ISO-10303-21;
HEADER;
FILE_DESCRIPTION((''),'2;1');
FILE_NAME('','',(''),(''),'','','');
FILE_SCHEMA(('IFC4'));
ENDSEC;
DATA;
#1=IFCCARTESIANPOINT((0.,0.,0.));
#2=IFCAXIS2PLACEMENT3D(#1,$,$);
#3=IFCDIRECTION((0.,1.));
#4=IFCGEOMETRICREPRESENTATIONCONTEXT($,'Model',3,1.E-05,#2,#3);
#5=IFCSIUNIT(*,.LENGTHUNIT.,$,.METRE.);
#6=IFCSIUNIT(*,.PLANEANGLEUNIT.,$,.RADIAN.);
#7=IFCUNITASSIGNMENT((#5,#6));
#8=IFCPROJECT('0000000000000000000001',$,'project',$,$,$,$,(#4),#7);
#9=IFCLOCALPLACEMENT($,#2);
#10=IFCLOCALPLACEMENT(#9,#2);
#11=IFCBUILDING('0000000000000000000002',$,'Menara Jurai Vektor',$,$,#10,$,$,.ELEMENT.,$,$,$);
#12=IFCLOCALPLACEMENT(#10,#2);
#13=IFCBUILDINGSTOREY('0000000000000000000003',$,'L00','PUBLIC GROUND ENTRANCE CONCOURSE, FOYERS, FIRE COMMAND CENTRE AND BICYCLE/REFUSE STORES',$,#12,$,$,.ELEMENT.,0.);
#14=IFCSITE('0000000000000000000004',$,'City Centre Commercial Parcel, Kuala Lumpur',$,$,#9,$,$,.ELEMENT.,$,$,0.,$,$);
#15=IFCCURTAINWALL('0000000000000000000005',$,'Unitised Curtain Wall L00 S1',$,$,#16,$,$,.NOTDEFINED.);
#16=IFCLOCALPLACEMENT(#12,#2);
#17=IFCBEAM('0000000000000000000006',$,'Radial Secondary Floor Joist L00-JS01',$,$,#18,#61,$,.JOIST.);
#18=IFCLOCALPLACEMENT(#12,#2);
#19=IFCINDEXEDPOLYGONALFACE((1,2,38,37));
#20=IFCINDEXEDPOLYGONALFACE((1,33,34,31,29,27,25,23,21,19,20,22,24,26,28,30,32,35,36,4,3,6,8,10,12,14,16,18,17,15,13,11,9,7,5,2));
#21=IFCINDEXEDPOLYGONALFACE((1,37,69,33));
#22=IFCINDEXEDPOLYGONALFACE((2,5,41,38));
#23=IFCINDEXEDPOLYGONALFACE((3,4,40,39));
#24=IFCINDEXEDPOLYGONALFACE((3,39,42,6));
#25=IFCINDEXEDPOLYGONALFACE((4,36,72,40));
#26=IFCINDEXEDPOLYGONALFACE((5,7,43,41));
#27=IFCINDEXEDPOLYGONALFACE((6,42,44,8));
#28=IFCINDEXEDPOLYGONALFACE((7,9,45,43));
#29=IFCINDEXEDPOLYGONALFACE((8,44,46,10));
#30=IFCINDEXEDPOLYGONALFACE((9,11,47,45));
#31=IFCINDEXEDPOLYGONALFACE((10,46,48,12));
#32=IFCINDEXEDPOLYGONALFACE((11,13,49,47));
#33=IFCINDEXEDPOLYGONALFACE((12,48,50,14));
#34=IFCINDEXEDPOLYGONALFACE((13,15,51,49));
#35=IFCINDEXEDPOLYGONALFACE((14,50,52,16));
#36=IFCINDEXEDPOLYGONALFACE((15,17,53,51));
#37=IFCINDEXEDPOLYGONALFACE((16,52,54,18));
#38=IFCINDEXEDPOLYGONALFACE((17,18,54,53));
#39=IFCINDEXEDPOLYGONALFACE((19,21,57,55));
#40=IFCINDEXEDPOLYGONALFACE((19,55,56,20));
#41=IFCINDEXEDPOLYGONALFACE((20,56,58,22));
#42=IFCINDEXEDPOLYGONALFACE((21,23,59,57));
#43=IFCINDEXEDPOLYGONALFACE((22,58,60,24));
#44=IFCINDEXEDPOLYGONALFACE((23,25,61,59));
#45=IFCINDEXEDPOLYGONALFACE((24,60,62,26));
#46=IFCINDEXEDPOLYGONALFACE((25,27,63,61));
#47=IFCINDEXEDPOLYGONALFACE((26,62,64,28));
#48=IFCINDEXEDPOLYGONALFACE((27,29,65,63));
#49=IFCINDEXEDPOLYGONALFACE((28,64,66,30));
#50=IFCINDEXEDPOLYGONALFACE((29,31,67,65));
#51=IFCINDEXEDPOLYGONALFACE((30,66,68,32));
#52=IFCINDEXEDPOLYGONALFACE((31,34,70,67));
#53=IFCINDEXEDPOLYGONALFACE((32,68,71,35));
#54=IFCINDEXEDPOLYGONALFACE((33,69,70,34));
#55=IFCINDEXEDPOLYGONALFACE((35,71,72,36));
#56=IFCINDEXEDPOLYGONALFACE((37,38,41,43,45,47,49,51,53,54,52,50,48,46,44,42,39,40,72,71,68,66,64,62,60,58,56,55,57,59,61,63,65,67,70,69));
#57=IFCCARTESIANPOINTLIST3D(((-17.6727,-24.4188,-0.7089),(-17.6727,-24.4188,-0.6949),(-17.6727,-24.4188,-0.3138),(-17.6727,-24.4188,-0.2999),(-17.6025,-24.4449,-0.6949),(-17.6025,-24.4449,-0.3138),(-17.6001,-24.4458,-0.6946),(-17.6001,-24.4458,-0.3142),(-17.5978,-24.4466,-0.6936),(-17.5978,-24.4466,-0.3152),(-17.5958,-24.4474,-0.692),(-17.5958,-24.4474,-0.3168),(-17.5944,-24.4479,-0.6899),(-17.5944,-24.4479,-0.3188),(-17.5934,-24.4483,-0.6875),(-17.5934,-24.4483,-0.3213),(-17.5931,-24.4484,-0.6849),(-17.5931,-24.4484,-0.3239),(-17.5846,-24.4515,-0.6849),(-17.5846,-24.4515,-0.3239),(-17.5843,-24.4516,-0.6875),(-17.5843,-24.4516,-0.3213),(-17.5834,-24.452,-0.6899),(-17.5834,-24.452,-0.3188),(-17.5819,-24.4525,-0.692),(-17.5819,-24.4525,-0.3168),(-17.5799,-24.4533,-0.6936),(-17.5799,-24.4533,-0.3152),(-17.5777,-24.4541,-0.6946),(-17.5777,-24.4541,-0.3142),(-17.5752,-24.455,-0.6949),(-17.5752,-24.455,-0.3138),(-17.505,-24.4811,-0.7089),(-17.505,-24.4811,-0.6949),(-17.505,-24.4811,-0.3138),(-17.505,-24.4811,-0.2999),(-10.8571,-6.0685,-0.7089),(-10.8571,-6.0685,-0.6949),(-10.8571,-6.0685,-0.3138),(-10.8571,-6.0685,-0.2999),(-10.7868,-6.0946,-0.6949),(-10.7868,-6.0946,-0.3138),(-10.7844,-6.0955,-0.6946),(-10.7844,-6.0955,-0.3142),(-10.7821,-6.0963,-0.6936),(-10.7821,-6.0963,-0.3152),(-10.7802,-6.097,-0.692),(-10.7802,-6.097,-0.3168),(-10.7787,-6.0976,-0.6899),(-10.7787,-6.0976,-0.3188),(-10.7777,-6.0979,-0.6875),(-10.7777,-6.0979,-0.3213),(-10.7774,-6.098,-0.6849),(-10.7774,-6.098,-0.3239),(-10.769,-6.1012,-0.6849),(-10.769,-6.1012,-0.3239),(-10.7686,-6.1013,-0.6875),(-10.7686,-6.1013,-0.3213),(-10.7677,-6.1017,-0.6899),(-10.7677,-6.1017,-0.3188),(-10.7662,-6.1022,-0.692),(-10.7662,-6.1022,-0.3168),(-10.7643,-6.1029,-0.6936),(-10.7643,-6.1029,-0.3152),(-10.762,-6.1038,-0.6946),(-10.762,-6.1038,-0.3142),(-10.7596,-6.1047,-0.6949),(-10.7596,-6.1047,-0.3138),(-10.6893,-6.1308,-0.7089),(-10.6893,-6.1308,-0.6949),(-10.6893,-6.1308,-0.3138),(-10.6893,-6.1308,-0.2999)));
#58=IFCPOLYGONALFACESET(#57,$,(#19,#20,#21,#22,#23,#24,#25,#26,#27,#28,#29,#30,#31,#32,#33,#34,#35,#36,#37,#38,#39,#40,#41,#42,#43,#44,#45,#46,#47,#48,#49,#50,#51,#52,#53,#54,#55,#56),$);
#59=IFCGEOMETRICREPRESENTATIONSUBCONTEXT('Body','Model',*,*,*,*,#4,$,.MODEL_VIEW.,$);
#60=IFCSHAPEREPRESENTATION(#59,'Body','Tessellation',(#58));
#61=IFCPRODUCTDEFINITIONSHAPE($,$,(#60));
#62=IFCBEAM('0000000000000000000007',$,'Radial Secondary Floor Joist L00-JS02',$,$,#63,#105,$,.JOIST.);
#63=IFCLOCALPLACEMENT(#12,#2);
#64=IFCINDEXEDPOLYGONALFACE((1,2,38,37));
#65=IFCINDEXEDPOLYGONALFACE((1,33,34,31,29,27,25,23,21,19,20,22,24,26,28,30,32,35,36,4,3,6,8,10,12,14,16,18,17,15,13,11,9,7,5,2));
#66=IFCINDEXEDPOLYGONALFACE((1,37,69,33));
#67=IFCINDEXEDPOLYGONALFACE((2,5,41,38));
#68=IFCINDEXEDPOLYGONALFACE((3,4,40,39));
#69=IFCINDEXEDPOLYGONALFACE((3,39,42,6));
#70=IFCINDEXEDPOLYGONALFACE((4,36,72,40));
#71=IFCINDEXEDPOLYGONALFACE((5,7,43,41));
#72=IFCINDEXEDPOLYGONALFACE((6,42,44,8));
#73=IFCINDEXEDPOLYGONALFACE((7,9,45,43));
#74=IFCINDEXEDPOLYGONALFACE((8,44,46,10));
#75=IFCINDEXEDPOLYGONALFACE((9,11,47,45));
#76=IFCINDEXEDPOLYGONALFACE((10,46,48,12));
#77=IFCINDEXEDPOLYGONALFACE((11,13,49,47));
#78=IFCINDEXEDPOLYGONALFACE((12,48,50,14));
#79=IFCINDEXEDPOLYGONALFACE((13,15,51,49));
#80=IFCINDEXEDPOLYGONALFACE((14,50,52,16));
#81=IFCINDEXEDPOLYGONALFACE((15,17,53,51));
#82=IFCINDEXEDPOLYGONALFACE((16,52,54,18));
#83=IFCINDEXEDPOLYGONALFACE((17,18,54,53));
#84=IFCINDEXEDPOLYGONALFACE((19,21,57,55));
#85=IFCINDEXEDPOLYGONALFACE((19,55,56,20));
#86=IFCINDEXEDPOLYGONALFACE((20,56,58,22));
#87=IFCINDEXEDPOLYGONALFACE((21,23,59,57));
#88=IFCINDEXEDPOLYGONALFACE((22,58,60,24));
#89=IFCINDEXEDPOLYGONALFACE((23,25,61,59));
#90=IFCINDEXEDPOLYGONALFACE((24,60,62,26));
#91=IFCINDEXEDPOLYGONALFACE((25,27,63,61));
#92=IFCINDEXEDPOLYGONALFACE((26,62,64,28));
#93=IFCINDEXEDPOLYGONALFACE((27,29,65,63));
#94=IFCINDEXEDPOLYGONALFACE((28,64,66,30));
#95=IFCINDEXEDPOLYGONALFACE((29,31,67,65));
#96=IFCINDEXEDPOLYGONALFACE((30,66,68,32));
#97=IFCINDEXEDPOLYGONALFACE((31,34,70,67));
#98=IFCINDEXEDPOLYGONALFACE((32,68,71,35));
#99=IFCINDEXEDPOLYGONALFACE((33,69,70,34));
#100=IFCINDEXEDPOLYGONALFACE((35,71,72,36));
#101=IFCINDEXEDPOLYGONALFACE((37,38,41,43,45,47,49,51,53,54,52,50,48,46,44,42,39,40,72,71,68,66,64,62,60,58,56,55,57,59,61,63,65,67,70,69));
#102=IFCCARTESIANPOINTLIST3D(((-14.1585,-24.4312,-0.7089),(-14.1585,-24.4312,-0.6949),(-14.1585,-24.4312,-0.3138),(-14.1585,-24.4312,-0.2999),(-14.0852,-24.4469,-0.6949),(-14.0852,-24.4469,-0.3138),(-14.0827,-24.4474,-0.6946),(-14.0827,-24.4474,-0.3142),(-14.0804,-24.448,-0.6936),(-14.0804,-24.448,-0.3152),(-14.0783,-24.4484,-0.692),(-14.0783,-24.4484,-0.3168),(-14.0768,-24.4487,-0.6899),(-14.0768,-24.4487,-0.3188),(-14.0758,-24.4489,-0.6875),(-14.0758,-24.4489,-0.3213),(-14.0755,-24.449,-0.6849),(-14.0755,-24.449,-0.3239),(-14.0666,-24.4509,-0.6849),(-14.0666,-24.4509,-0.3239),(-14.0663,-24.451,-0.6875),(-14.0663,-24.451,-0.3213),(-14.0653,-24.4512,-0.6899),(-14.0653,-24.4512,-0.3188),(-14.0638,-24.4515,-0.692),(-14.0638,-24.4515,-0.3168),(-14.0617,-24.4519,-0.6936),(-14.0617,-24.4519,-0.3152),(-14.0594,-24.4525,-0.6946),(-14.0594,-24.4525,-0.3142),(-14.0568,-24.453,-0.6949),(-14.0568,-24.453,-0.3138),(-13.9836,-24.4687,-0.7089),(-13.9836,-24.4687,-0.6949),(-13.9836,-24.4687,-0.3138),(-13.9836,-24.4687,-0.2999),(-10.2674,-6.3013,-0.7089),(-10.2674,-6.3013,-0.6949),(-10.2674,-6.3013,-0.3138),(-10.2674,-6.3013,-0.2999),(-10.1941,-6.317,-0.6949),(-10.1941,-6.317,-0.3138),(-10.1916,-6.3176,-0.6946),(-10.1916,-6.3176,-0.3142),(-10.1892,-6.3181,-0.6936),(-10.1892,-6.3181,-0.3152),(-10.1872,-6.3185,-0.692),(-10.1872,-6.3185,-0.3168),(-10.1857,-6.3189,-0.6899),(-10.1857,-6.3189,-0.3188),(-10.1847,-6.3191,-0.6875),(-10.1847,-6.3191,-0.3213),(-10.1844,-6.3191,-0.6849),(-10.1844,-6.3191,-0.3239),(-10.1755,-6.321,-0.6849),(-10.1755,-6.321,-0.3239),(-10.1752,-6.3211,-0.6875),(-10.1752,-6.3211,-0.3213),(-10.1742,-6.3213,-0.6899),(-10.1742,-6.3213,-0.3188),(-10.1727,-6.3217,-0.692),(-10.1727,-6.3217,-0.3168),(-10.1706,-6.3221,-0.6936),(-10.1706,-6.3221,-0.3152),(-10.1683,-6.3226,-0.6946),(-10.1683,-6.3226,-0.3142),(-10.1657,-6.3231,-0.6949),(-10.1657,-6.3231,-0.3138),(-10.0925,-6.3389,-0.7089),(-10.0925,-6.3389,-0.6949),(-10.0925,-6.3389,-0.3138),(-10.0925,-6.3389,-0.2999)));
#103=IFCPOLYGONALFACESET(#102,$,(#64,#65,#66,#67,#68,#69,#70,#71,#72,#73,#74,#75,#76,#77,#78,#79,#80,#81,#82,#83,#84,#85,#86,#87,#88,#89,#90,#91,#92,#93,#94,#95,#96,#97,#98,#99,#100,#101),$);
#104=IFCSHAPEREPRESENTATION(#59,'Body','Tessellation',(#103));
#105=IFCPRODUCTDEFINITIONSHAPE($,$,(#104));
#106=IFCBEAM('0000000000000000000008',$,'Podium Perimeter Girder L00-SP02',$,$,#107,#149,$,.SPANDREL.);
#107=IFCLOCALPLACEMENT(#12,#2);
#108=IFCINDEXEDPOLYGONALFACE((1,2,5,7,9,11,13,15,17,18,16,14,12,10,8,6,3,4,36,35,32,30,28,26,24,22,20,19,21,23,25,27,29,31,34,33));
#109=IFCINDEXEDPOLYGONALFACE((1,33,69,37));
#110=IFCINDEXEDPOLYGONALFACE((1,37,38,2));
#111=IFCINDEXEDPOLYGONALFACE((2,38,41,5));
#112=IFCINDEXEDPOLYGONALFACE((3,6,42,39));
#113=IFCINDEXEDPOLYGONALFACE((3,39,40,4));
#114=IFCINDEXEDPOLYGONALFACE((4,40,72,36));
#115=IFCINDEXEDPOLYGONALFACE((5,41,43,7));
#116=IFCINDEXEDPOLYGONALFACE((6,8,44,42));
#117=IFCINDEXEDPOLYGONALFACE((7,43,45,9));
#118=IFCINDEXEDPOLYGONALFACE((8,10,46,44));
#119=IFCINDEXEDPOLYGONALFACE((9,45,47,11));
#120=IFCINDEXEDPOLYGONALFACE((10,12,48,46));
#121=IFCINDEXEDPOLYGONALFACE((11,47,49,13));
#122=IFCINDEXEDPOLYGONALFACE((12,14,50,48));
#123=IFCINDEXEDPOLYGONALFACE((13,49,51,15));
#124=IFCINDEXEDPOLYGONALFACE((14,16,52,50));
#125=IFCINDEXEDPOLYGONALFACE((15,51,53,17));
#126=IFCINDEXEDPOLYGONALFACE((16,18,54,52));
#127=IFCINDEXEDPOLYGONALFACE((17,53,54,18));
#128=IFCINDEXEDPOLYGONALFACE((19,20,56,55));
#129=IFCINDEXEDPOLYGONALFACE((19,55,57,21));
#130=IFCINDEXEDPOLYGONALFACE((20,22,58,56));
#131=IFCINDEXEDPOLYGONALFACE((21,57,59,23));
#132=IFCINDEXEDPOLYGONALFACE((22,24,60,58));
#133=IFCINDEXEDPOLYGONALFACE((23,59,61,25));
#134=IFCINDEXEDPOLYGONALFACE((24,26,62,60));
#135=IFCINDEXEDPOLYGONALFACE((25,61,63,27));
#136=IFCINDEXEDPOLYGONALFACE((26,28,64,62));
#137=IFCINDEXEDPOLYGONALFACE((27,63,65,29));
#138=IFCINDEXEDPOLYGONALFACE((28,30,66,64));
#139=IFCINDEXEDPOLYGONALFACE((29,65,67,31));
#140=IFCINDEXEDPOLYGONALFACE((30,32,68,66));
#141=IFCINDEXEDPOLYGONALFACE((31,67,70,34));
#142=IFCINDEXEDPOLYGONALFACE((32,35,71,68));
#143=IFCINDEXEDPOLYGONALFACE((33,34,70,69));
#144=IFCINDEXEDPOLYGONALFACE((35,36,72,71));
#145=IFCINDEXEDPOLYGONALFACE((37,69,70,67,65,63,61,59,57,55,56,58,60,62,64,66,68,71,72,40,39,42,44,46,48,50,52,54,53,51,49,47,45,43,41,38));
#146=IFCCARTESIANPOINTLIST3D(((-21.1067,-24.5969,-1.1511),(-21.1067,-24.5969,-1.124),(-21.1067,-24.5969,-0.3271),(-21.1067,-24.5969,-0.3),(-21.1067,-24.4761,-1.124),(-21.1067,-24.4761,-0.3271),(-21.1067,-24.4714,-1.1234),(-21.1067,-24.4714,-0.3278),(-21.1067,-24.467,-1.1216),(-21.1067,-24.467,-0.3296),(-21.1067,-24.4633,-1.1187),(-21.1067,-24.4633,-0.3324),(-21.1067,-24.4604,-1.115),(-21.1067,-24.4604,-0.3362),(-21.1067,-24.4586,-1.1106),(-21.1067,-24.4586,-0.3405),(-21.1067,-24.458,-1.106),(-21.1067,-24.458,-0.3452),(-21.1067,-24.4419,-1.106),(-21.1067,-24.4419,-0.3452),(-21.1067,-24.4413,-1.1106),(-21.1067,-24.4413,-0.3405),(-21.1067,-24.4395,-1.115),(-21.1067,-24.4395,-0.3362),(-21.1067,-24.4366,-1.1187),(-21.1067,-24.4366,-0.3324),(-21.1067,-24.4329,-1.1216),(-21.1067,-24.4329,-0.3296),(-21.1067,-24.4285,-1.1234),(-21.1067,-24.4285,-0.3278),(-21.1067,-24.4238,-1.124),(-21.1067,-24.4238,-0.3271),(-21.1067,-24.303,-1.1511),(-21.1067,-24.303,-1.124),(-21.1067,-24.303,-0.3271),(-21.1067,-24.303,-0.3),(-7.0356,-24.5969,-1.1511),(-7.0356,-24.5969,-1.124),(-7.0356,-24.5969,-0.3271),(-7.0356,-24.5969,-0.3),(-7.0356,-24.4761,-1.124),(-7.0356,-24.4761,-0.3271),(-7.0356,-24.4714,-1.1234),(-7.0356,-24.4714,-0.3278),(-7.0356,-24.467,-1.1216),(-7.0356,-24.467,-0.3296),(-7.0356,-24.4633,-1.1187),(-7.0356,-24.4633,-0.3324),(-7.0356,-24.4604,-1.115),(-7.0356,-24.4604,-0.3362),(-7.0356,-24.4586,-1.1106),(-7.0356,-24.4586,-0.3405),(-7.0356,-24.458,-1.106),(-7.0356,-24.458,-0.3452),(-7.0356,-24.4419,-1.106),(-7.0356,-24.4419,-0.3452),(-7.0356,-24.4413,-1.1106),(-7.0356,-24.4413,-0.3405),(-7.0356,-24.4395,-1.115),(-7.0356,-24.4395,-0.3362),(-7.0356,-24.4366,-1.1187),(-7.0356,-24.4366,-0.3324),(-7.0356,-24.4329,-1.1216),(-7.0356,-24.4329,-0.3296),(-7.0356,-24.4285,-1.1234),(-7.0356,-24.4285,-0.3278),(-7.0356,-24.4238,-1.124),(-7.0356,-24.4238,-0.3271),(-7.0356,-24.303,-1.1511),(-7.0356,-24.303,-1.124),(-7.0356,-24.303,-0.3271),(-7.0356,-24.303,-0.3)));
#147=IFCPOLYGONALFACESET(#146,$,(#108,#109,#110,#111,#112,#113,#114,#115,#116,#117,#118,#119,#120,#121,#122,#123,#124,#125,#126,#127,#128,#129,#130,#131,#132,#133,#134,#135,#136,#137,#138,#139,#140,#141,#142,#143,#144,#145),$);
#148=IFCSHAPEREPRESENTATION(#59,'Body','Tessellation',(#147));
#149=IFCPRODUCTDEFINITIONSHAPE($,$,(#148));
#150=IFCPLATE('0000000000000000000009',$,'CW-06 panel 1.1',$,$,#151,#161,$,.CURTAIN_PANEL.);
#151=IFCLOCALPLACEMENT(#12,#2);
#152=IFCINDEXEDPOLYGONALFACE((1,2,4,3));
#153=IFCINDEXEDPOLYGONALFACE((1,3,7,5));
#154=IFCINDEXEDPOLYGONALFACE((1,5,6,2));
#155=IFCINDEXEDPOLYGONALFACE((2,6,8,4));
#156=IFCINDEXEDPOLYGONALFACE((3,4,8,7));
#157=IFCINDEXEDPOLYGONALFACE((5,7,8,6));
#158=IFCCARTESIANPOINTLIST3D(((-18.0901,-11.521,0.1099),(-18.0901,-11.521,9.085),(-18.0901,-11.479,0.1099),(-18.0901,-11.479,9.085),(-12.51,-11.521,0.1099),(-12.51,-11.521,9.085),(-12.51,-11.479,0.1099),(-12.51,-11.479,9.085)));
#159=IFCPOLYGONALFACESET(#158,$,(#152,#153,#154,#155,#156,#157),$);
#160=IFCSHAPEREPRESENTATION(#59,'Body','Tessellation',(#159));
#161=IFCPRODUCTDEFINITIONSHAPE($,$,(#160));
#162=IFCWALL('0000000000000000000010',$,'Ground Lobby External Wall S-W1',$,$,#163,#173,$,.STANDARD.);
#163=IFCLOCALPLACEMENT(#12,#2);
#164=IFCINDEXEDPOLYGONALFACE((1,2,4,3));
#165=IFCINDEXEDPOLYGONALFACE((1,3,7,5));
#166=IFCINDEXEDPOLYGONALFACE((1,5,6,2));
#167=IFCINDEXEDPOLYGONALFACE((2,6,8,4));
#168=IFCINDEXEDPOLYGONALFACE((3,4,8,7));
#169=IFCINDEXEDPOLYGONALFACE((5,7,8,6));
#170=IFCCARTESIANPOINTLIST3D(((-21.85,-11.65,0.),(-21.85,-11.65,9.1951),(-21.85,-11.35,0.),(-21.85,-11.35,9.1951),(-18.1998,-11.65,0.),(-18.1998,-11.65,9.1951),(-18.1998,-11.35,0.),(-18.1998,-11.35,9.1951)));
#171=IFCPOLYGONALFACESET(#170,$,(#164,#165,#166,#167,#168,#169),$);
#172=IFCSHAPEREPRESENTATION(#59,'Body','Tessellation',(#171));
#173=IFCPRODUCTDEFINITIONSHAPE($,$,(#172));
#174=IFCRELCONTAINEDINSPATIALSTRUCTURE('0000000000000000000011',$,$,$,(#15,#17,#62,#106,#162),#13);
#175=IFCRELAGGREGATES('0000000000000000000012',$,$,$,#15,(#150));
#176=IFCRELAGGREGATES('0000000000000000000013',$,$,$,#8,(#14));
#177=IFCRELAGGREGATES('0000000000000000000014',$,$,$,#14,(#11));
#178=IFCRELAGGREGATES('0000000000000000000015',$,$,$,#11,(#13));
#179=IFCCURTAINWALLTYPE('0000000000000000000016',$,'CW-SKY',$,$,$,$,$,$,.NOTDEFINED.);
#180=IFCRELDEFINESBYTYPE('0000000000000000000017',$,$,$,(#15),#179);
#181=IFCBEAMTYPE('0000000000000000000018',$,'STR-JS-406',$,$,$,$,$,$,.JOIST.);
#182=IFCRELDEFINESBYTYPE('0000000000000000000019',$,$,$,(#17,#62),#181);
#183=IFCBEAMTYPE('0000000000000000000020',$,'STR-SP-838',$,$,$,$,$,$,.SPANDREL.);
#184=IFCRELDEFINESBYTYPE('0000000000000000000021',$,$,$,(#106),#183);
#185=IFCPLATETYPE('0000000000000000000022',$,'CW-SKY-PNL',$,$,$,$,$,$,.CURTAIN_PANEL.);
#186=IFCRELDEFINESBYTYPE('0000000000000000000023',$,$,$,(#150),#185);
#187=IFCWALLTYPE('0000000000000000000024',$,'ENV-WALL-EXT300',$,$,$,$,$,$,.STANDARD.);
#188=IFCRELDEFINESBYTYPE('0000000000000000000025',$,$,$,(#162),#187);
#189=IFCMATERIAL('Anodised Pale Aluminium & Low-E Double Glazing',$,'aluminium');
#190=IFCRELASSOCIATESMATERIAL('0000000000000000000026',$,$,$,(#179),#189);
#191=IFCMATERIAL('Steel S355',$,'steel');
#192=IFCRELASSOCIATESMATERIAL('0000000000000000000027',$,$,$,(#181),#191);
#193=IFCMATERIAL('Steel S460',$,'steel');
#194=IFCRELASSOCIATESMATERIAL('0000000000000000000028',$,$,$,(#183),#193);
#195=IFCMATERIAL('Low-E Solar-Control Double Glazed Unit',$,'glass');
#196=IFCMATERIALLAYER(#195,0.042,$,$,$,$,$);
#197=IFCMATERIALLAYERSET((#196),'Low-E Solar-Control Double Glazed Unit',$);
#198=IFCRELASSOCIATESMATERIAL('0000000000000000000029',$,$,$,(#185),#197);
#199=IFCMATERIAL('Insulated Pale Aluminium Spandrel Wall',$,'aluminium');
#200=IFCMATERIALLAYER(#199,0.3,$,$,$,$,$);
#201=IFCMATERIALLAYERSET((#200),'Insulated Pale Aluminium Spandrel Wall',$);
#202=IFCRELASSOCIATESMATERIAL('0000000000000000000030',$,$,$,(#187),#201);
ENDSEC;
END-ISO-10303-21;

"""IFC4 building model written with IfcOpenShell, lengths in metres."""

from ifc_helpers import new_model, si_unit, direction, frame, frame_2d, origin, origin_2d, place, context, subcontext, project, spatial, rectangle, i_section, extrude, material, layer, layer_set, material_profile, profile_set, type_object, element, aggregate, save


model = new_model("IFC4")

# Units and contexts
model_context = context("Model", 3, precision=1e-05, world=origin(), true_north=direction((0.0, 1.0)))
body_context = subcontext(model_context, "Body", "Model", "MODEL_VIEW")
ifc_project = project(units=[si_unit("LENGTHUNIT", "METRE"), si_unit("PLANEANGLEUNIT", "RADIAN")], contexts=[model_context])

# Site, building, storey
site_placement = place(None, origin())
site = spatial("IfcSite", under=ifc_project, at=site_placement, Name="City Centre Commercial Parcel, Kuala Lumpur", CompositionType="ELEMENT", RefElevation=0.0)
building_placement = place(site_placement, origin())
building = spatial("IfcBuilding", under=site, at=building_placement, Name="Menara Jurai Vektor", CompositionType="ELEMENT")
storey_placement = place(building_placement, origin())
storey = spatial("IfcBuildingStorey", under=building, at=storey_placement, Name="L00", Description="PUBLIC GROUND ENTRANCE CONCOURSE, FOYERS, FIRE COMMAND CENTRE AND BICYCLE/REFUSE STORES", CompositionType="ELEMENT", Elevation=0.0)

# Shared definitions
ifc_material_1 = material(Name="Steel S460", Category="steel")

# Curtain wall
ifc_material_2 = material(Name="Anodised Pale Aluminium & Low-E Double Glazing", Category="aluminium")
curtain_wall_type = type_object("IfcCurtainWallType", Name="CW-SKY", PredefinedType="NOTDEFINED", material=ifc_material_2)
curtain_wall_placement = place(storey_placement, origin())
curtain_wall = element("IfcCurtainWall", 1, at=curtain_wall_placement, inside=storey, type_object=curtain_wall_type, Name="Unitised Curtain Wall L00 S1", PredefinedType="NOTDEFINED")

# Beams
ifc_material_3 = material(Name="Steel S355", Category="steel")
ifc_material_profile_1 = material_profile(ifc_material_3, i_section(OverallWidth=0.179, OverallDepth=0.4089, WebThickness=0.009, FlangeThickness=0.0139, FilletRadius=0.01, at=origin_2d()), Name="UKB 406x178x67")
ifc_profile_set_1 = profile_set([ifc_material_profile_1], Name="Steel S355")
beam_type_1 = type_object("IfcBeamType", Name="STR-JS-406", PredefinedType="JOIST", material=ifc_profile_set_1)
beam_1_placement = place(storey_placement, frame((-17.5889, -24.45, -0.5044), z_axis=(0.348179, 0.937428, 0.0), x_axis=(-0.937428, 0.348179, 0.0)))
element("IfcBeam", 2, at=beam_1_placement, inside=storey, type_object=beam_type_1, Name="Radial Secondary Floor Joist L00-JS01", PredefinedType="JOIST", context=body_context, shape_type="SweptSolid", body=[
    extrude(i_section(OverallWidth=0.179, OverallDepth=0.4089, WebThickness=0.009, FlangeThickness=0.0139, FilletRadius=0.01, at=origin_2d()), origin(), (0.0, 0.0, 1.0), 19.5752),
])
beam_2_placement = place(storey_placement, frame((-14.071, -24.45, -0.5044), z_axis=(0.209846, 0.977735, 0.0), x_axis=(-0.977735, 0.209846, 0.0)))
element("IfcBeam", 3, at=beam_2_placement, inside=storey, type_object=beam_type_1, Name="Radial Secondary Floor Joist L00-JS02", PredefinedType="JOIST", context=body_context, shape_type="SweptSolid", body=[
    extrude(i_section(OverallWidth=0.179, OverallDepth=0.4089, WebThickness=0.009, FlangeThickness=0.0139, FilletRadius=0.01, at=origin_2d()), origin(), (0.0, 0.0, 1.0), 18.5427),
])
ifc_material_profile_2 = material_profile(ifc_material_1, i_section(OverallWidth=0.2939, OverallDepth=0.8511, WebThickness=0.0161, FlangeThickness=0.0271, FilletRadius=0.0181, at=origin_2d()), Name="UKB 838x292x226")
ifc_profile_set_2 = profile_set([ifc_material_profile_2], Name="Steel S460")
beam_type_2 = type_object("IfcBeamType", Name="STR-SP-838", PredefinedType="SPANDREL", material=ifc_profile_set_2)
beam_3_placement = place(storey_placement, frame((-21.1067, -24.45, -0.7256), z_axis=(1.0, 0.0, 0.0), x_axis=(0.0, 1.0, 0.0)))
element("IfcBeam", 4, at=beam_3_placement, inside=storey, type_object=beam_type_2, Name="Podium Perimeter Girder L00-SP02", PredefinedType="SPANDREL", context=body_context, shape_type="SweptSolid", body=[
    extrude(i_section(OverallWidth=0.2939, OverallDepth=0.8511, WebThickness=0.0161, FlangeThickness=0.0271, FilletRadius=0.0181, at=origin_2d()), origin(), (0.0, 0.0, 1.0), 14.071),
])

# Plate
ifc_material_4 = material(Name="Low-E Solar-Control Double Glazed Unit", Category="glass")
ifc_layer_1 = layer(ifc_material_4, 0.042)
ifc_layer_set_1 = layer_set([ifc_layer_1], Name="Low-E Solar-Control Double Glazed Unit")
plate_type = type_object("IfcPlateType", Name="CW-SKY-PNL", PredefinedType="CURTAIN_PANEL", material=ifc_layer_set_1)
plate_placement = place(storey_placement, frame((-15.3, -11.5, 0.1099), z_axis=(0.0, 0.0, 1.0), x_axis=(1.0, 0.0, 0.0)))
plate = element("IfcPlate", 5, at=plate_placement, type_object=plate_type, Name="CW-06 panel 1.1", PredefinedType="CURTAIN_PANEL", context=body_context, shape_type="SweptSolid", body=[
    extrude(rectangle(XDim=5.5801, YDim=0.042, at=origin_2d()), origin(), (0.0, 0.0, 1.0), 8.9751),
])
aggregate(curtain_wall, [plate])

# Wall
ifc_material_5 = material(Name="Insulated Pale Aluminium Spandrel Wall", Category="aluminium")
ifc_layer_2 = layer(ifc_material_5, 0.3)
ifc_layer_set_2 = layer_set([ifc_layer_2], Name="Insulated Pale Aluminium Spandrel Wall")
wall_type = type_object("IfcWallType", Name="ENV-WALL-EXT300", PredefinedType="STANDARD", material=ifc_layer_set_2)
wall_1_placement = place(storey_placement, frame((-21.8501, -11.5, 0.0), z_axis=(0.0, 0.0, 1.0), x_axis=(1.0, 0.0, 0.0)))
element("IfcWall", 6, at=wall_1_placement, inside=storey, type_object=wall_type, Name="Ground Lobby External Wall S-W1", PredefinedType="STANDARD", context=body_context, shape_type="SweptSolid", body=[
    extrude(rectangle(XDim=3.6501, YDim=0.3, at=frame_2d((1.8252, 0.0))), origin(), (0.0, 0.0, 1.0), 9.1951),
])

save(model, "model.ifc")
